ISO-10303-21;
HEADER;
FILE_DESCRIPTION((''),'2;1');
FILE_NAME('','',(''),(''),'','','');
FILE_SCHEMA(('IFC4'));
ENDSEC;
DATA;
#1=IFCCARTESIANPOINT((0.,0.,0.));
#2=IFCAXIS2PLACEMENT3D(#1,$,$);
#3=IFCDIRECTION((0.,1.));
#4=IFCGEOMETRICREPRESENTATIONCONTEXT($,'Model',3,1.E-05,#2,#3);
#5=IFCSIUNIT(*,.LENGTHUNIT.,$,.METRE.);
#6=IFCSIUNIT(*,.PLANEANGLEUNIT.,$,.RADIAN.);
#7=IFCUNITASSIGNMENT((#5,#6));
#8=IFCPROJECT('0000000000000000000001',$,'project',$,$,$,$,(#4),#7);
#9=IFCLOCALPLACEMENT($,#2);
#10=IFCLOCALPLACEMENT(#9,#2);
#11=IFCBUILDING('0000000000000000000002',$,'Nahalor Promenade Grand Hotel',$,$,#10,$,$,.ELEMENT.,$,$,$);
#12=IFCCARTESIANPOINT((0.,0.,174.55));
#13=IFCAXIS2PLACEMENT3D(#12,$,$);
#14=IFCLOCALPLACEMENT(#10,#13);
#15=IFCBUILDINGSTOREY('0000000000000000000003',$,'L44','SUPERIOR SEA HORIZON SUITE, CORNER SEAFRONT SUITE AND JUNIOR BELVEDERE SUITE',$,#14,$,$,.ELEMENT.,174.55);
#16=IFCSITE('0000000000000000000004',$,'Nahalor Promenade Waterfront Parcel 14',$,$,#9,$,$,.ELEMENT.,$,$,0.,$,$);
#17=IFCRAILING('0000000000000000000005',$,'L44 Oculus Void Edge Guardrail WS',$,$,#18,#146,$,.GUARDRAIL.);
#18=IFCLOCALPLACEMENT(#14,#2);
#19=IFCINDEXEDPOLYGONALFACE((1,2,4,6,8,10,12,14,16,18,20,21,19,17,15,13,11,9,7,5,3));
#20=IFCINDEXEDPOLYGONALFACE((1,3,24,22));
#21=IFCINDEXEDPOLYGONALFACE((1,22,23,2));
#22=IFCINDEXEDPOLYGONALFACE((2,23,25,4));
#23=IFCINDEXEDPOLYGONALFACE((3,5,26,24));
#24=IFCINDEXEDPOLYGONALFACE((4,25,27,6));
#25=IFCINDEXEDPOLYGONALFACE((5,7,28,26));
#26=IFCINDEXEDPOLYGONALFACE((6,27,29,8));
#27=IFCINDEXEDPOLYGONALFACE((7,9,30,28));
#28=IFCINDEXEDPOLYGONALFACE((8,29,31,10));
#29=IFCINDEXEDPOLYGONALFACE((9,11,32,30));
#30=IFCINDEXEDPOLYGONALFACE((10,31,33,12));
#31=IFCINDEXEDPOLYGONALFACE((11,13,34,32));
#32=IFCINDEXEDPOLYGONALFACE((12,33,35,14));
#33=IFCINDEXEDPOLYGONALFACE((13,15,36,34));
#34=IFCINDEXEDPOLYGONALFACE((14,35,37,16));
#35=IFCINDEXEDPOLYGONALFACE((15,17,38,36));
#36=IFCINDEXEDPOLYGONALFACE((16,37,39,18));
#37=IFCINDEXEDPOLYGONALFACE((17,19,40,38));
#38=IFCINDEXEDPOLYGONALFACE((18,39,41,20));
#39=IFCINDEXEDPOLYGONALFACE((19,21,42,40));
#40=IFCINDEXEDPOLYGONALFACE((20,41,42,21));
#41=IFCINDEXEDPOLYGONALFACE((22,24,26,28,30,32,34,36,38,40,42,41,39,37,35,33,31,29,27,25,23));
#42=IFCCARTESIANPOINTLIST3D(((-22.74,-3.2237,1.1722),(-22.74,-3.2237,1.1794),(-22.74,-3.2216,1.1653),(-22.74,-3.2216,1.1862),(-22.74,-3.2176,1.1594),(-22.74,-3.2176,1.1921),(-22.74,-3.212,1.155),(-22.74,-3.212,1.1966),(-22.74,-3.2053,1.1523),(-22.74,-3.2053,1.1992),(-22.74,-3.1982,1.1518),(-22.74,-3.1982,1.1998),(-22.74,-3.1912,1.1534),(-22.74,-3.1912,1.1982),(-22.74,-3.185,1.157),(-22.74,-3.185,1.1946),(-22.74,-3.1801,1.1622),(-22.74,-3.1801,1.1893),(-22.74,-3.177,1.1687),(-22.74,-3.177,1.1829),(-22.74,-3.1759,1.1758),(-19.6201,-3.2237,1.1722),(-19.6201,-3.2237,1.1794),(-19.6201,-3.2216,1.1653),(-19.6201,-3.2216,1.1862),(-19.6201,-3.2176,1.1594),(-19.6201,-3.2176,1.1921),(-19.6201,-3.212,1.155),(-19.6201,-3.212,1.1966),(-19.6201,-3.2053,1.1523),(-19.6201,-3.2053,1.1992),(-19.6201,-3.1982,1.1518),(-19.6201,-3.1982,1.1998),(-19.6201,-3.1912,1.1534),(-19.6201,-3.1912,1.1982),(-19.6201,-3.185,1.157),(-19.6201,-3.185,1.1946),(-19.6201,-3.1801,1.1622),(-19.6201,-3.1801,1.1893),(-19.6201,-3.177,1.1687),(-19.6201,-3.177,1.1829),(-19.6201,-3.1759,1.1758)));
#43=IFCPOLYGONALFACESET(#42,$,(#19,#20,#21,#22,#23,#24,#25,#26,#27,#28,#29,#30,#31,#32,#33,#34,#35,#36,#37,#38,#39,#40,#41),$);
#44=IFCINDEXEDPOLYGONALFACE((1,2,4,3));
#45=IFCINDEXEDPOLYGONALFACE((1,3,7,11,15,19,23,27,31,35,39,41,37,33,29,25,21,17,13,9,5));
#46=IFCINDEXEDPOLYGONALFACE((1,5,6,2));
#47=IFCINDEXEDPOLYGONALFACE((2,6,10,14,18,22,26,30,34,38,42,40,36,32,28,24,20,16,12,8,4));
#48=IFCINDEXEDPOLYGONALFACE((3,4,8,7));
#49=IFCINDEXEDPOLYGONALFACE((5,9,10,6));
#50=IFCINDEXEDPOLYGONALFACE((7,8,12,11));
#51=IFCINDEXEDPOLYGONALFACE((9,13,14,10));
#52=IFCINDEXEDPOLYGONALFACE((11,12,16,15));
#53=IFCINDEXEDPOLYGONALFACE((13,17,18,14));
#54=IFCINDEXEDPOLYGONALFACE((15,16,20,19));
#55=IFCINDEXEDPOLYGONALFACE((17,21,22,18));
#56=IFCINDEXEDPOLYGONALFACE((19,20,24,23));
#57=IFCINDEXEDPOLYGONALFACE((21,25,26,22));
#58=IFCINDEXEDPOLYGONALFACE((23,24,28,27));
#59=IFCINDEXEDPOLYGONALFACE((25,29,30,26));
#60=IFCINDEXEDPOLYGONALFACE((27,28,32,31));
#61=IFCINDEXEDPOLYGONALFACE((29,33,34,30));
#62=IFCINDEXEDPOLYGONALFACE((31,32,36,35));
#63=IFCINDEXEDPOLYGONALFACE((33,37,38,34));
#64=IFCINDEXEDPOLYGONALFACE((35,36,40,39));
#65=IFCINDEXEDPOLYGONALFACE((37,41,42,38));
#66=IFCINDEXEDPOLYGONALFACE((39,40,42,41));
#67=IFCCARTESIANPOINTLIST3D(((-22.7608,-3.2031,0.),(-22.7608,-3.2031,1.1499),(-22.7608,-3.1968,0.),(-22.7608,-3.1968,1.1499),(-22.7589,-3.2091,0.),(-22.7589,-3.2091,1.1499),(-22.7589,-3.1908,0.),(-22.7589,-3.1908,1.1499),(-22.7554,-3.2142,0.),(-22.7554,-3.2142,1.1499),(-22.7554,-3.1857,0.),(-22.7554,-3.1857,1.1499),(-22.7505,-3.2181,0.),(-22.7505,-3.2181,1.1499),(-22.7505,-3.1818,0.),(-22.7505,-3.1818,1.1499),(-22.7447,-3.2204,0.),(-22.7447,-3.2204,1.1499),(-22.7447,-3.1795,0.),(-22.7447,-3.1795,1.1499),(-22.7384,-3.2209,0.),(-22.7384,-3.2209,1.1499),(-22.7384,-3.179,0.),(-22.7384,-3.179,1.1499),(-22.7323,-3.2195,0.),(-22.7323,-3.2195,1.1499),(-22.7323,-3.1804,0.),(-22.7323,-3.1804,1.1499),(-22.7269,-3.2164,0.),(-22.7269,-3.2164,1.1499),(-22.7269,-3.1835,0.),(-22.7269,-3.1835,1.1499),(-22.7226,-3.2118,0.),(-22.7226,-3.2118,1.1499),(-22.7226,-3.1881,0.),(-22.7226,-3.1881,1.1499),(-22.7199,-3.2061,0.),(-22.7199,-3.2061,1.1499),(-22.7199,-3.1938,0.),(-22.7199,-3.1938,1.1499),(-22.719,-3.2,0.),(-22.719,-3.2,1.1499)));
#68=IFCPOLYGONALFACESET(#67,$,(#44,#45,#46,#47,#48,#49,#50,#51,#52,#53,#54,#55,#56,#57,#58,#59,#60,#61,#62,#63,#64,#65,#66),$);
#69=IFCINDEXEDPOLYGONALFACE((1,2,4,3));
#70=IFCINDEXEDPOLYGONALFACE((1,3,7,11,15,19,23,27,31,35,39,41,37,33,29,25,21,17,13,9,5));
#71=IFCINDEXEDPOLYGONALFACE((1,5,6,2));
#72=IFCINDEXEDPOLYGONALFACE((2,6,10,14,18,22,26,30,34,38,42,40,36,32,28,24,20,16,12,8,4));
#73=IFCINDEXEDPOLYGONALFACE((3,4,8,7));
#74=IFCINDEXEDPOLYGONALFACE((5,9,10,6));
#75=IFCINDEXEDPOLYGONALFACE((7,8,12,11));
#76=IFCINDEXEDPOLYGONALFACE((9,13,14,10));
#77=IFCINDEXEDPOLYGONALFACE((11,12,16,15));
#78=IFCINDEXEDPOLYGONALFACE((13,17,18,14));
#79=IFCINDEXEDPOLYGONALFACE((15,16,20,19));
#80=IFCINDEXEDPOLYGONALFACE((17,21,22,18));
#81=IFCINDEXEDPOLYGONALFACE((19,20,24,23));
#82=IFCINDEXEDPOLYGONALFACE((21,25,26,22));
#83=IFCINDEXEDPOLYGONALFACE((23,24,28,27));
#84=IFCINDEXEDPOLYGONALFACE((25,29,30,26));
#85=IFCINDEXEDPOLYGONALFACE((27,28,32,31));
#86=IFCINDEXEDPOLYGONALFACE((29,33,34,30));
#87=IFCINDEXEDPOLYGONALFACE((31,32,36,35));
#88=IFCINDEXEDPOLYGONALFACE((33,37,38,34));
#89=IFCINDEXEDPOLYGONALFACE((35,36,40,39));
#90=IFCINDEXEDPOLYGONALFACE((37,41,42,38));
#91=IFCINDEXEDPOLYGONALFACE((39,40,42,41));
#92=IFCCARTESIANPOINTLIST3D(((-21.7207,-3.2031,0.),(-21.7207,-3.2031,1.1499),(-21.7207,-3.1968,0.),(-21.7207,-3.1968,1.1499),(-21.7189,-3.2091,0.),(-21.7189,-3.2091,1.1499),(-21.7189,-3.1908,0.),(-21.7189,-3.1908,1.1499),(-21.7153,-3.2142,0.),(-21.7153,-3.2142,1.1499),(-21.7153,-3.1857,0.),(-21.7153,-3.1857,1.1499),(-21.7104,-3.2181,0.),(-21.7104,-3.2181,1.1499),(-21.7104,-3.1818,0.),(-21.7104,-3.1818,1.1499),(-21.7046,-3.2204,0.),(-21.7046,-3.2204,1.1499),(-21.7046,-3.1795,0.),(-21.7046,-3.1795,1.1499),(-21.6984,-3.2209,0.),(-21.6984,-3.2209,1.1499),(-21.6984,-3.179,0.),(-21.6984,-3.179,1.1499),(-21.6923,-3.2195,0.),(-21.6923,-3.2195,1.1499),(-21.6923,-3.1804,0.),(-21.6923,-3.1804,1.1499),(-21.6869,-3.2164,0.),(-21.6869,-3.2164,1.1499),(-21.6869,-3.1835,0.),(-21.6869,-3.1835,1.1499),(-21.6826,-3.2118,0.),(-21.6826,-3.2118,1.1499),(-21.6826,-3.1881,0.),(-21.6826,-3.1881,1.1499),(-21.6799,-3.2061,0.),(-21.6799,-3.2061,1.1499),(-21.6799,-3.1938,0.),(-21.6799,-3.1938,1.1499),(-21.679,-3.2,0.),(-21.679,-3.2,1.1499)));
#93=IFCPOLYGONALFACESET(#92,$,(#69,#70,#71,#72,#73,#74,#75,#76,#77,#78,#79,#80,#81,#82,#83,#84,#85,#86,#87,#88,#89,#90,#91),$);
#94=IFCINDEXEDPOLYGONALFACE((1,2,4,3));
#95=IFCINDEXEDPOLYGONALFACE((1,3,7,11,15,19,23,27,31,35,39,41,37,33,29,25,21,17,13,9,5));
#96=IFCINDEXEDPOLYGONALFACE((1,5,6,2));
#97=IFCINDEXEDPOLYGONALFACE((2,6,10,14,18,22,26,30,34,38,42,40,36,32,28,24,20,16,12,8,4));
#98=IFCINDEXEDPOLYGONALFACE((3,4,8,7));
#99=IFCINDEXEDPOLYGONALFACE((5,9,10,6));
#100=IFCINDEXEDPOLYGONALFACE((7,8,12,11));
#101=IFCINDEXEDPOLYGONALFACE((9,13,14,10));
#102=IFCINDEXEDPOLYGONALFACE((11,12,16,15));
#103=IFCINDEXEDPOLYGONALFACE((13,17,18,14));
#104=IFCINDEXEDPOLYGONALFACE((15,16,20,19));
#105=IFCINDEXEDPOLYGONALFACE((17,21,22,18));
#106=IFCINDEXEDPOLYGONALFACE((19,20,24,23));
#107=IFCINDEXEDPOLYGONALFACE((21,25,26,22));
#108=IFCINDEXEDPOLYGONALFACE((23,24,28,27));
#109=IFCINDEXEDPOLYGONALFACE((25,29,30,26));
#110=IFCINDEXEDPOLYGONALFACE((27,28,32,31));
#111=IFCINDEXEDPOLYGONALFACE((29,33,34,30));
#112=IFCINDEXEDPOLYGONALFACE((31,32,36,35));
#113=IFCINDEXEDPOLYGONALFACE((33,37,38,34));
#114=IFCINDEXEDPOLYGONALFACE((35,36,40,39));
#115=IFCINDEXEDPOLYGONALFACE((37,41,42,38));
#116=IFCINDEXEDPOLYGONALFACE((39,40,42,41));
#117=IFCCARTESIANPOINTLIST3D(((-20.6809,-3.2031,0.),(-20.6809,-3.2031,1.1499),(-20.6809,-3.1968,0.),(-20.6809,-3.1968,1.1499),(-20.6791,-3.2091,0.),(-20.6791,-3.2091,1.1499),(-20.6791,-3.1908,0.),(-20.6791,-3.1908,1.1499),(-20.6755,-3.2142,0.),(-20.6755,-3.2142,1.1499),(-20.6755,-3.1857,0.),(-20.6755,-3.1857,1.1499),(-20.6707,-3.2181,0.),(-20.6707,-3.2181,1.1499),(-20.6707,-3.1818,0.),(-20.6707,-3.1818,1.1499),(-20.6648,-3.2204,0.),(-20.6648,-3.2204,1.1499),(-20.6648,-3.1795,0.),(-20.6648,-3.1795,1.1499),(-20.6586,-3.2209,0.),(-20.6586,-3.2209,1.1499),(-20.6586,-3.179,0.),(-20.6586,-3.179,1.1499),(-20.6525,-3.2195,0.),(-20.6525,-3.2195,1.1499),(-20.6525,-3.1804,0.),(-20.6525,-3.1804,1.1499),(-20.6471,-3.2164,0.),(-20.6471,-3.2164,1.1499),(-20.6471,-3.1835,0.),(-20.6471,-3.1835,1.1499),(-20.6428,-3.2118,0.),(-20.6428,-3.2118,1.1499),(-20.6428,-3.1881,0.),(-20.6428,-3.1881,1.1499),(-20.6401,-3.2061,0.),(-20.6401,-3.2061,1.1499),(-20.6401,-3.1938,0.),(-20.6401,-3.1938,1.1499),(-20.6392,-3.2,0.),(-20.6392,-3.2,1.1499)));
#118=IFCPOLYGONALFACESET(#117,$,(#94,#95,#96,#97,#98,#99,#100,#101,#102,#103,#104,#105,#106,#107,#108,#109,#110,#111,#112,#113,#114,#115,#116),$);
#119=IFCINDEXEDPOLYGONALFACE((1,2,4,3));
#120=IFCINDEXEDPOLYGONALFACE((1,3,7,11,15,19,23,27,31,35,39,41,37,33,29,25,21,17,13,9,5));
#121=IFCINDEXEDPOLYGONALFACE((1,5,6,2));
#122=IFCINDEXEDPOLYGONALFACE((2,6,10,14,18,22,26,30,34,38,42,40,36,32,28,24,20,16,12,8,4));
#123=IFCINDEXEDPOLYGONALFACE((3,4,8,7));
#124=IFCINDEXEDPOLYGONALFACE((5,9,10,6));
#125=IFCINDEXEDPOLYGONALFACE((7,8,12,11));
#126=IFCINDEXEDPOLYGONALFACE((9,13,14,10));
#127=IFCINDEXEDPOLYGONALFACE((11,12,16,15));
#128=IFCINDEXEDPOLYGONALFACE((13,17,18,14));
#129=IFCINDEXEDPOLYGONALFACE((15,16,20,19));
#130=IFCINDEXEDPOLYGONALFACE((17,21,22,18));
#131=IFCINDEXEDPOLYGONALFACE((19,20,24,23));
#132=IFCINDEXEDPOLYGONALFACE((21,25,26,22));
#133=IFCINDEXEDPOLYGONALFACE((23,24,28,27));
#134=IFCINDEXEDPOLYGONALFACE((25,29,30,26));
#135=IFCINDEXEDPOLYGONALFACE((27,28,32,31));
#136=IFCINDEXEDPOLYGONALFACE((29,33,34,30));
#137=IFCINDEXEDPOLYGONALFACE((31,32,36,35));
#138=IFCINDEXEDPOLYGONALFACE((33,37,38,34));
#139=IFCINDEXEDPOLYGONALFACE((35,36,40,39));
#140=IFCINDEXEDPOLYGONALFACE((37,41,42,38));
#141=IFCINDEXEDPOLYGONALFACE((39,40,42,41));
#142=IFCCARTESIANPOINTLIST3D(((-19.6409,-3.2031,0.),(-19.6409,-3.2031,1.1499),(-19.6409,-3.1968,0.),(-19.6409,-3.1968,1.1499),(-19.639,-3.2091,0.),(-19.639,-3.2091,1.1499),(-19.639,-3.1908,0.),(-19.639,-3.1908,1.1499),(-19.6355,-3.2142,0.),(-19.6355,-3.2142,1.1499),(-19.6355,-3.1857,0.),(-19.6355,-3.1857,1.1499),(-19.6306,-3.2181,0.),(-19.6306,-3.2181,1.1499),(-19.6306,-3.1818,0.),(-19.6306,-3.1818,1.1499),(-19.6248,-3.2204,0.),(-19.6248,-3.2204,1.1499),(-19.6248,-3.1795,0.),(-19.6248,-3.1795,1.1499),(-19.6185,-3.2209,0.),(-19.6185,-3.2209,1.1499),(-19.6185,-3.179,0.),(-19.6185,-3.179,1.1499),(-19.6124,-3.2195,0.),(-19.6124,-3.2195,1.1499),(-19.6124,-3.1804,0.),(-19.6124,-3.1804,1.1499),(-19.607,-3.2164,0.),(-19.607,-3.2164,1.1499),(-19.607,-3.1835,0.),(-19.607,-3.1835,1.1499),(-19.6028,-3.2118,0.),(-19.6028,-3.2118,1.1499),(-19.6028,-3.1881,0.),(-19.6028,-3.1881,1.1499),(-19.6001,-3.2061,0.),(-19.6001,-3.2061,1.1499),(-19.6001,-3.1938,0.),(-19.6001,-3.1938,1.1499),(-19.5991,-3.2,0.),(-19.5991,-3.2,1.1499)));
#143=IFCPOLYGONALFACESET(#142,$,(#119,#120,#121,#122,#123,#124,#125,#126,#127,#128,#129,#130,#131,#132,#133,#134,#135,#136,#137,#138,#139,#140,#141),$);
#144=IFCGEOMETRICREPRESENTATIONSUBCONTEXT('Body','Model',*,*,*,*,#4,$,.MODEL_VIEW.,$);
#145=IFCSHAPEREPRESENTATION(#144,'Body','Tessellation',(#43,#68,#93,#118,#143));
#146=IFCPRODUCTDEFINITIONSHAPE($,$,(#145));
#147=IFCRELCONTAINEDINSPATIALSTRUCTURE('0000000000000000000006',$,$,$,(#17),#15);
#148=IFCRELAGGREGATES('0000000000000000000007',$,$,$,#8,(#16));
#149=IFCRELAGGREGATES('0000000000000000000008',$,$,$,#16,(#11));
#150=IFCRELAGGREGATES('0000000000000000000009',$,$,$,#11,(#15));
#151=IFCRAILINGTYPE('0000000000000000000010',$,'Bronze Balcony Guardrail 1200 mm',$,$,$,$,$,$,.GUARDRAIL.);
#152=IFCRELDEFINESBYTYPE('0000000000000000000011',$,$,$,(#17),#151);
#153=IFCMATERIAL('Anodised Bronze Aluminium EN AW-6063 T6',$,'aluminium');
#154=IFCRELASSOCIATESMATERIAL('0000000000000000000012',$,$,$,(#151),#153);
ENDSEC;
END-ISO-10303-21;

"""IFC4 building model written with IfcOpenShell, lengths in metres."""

from ifc_helpers import new_model, si_unit, direction, frame, origin, origin_2d, place, context, subcontext, project, spatial, circle, extrude, material, type_object, element, save


model = new_model("IFC4")

# Units and contexts
model_context = context("Model", 3, precision=1e-05, world=origin(), true_north=direction((0.0, 1.0)))
body_context = subcontext(model_context, "Body", "Model", "MODEL_VIEW")
ifc_project = project(units=[si_unit("LENGTHUNIT", "METRE"), si_unit("PLANEANGLEUNIT", "RADIAN")], contexts=[model_context])

# Site, building, storey
site_placement = place(None, origin())
site = spatial("IfcSite", under=ifc_project, at=site_placement, Name="Nahalor Promenade Waterfront Parcel 14", CompositionType="ELEMENT", RefElevation=0.0)
building_placement = place(site_placement, origin())
building = spatial("IfcBuilding", under=site, at=building_placement, Name="Nahalor Promenade Grand Hotel", CompositionType="ELEMENT")
storey_placement = place(building_placement, frame((0.0, 0.0, 174.55)))
storey = spatial("IfcBuildingStorey", under=building, at=storey_placement, Name="L44", Description="SUPERIOR SEA HORIZON SUITE, CORNER SEAFRONT SUITE AND JUNIOR BELVEDERE SUITE", CompositionType="ELEMENT", Elevation=174.55)

# Shared definitions
ifc_material_1 = material(Name="Anodised Bronze Aluminium EN AW-6063 T6", Category="aluminium")

# Railing
railing_type = type_object("IfcRailingType", Name="Bronze Balcony Guardrail 1200 mm", PredefinedType="GUARDRAIL", material=ifc_material_1)
for number, where, name in (
    (1, (-22.74, -3.2, 0.0), "L44 Oculus Void Edge Guardrail WS"),
):
    element("IfcRailing", number, at=place(storey_placement, frame(where)), inside=storey, type_object=railing_type, Name=name, PredefinedType="GUARDRAIL", context=body_context, shape_type="SweptSolid", body=[
        extrude(circle(Radius=0.024, at=origin_2d()), frame((0.0, 0.0, 1.1758), z_axis=(1.0, 0.0, 0.0), x_axis=(0.0, 1.0, 0.0)), (0.0, 0.0, 1.0), 3.1199),
        extrude(circle(Radius=0.021, at=origin_2d()), origin(), (0.0, 0.0, 1.0), 1.1499),
        extrude(circle(Radius=0.021, at=origin_2d()), frame((1.04, 0.0, 0.0)), (0.0, 0.0, 1.0), 1.1499),
        extrude(circle(Radius=0.021, at=origin_2d()), frame((2.0798, 0.0, 0.0)), (0.0, 0.0, 1.0), 1.1499),
        extrude(circle(Radius=0.021, at=origin_2d()), frame((3.1199, 0.0, 0.0)), (0.0, 0.0, 1.0), 1.1499),
    ])

save(model, "model.ifc")
